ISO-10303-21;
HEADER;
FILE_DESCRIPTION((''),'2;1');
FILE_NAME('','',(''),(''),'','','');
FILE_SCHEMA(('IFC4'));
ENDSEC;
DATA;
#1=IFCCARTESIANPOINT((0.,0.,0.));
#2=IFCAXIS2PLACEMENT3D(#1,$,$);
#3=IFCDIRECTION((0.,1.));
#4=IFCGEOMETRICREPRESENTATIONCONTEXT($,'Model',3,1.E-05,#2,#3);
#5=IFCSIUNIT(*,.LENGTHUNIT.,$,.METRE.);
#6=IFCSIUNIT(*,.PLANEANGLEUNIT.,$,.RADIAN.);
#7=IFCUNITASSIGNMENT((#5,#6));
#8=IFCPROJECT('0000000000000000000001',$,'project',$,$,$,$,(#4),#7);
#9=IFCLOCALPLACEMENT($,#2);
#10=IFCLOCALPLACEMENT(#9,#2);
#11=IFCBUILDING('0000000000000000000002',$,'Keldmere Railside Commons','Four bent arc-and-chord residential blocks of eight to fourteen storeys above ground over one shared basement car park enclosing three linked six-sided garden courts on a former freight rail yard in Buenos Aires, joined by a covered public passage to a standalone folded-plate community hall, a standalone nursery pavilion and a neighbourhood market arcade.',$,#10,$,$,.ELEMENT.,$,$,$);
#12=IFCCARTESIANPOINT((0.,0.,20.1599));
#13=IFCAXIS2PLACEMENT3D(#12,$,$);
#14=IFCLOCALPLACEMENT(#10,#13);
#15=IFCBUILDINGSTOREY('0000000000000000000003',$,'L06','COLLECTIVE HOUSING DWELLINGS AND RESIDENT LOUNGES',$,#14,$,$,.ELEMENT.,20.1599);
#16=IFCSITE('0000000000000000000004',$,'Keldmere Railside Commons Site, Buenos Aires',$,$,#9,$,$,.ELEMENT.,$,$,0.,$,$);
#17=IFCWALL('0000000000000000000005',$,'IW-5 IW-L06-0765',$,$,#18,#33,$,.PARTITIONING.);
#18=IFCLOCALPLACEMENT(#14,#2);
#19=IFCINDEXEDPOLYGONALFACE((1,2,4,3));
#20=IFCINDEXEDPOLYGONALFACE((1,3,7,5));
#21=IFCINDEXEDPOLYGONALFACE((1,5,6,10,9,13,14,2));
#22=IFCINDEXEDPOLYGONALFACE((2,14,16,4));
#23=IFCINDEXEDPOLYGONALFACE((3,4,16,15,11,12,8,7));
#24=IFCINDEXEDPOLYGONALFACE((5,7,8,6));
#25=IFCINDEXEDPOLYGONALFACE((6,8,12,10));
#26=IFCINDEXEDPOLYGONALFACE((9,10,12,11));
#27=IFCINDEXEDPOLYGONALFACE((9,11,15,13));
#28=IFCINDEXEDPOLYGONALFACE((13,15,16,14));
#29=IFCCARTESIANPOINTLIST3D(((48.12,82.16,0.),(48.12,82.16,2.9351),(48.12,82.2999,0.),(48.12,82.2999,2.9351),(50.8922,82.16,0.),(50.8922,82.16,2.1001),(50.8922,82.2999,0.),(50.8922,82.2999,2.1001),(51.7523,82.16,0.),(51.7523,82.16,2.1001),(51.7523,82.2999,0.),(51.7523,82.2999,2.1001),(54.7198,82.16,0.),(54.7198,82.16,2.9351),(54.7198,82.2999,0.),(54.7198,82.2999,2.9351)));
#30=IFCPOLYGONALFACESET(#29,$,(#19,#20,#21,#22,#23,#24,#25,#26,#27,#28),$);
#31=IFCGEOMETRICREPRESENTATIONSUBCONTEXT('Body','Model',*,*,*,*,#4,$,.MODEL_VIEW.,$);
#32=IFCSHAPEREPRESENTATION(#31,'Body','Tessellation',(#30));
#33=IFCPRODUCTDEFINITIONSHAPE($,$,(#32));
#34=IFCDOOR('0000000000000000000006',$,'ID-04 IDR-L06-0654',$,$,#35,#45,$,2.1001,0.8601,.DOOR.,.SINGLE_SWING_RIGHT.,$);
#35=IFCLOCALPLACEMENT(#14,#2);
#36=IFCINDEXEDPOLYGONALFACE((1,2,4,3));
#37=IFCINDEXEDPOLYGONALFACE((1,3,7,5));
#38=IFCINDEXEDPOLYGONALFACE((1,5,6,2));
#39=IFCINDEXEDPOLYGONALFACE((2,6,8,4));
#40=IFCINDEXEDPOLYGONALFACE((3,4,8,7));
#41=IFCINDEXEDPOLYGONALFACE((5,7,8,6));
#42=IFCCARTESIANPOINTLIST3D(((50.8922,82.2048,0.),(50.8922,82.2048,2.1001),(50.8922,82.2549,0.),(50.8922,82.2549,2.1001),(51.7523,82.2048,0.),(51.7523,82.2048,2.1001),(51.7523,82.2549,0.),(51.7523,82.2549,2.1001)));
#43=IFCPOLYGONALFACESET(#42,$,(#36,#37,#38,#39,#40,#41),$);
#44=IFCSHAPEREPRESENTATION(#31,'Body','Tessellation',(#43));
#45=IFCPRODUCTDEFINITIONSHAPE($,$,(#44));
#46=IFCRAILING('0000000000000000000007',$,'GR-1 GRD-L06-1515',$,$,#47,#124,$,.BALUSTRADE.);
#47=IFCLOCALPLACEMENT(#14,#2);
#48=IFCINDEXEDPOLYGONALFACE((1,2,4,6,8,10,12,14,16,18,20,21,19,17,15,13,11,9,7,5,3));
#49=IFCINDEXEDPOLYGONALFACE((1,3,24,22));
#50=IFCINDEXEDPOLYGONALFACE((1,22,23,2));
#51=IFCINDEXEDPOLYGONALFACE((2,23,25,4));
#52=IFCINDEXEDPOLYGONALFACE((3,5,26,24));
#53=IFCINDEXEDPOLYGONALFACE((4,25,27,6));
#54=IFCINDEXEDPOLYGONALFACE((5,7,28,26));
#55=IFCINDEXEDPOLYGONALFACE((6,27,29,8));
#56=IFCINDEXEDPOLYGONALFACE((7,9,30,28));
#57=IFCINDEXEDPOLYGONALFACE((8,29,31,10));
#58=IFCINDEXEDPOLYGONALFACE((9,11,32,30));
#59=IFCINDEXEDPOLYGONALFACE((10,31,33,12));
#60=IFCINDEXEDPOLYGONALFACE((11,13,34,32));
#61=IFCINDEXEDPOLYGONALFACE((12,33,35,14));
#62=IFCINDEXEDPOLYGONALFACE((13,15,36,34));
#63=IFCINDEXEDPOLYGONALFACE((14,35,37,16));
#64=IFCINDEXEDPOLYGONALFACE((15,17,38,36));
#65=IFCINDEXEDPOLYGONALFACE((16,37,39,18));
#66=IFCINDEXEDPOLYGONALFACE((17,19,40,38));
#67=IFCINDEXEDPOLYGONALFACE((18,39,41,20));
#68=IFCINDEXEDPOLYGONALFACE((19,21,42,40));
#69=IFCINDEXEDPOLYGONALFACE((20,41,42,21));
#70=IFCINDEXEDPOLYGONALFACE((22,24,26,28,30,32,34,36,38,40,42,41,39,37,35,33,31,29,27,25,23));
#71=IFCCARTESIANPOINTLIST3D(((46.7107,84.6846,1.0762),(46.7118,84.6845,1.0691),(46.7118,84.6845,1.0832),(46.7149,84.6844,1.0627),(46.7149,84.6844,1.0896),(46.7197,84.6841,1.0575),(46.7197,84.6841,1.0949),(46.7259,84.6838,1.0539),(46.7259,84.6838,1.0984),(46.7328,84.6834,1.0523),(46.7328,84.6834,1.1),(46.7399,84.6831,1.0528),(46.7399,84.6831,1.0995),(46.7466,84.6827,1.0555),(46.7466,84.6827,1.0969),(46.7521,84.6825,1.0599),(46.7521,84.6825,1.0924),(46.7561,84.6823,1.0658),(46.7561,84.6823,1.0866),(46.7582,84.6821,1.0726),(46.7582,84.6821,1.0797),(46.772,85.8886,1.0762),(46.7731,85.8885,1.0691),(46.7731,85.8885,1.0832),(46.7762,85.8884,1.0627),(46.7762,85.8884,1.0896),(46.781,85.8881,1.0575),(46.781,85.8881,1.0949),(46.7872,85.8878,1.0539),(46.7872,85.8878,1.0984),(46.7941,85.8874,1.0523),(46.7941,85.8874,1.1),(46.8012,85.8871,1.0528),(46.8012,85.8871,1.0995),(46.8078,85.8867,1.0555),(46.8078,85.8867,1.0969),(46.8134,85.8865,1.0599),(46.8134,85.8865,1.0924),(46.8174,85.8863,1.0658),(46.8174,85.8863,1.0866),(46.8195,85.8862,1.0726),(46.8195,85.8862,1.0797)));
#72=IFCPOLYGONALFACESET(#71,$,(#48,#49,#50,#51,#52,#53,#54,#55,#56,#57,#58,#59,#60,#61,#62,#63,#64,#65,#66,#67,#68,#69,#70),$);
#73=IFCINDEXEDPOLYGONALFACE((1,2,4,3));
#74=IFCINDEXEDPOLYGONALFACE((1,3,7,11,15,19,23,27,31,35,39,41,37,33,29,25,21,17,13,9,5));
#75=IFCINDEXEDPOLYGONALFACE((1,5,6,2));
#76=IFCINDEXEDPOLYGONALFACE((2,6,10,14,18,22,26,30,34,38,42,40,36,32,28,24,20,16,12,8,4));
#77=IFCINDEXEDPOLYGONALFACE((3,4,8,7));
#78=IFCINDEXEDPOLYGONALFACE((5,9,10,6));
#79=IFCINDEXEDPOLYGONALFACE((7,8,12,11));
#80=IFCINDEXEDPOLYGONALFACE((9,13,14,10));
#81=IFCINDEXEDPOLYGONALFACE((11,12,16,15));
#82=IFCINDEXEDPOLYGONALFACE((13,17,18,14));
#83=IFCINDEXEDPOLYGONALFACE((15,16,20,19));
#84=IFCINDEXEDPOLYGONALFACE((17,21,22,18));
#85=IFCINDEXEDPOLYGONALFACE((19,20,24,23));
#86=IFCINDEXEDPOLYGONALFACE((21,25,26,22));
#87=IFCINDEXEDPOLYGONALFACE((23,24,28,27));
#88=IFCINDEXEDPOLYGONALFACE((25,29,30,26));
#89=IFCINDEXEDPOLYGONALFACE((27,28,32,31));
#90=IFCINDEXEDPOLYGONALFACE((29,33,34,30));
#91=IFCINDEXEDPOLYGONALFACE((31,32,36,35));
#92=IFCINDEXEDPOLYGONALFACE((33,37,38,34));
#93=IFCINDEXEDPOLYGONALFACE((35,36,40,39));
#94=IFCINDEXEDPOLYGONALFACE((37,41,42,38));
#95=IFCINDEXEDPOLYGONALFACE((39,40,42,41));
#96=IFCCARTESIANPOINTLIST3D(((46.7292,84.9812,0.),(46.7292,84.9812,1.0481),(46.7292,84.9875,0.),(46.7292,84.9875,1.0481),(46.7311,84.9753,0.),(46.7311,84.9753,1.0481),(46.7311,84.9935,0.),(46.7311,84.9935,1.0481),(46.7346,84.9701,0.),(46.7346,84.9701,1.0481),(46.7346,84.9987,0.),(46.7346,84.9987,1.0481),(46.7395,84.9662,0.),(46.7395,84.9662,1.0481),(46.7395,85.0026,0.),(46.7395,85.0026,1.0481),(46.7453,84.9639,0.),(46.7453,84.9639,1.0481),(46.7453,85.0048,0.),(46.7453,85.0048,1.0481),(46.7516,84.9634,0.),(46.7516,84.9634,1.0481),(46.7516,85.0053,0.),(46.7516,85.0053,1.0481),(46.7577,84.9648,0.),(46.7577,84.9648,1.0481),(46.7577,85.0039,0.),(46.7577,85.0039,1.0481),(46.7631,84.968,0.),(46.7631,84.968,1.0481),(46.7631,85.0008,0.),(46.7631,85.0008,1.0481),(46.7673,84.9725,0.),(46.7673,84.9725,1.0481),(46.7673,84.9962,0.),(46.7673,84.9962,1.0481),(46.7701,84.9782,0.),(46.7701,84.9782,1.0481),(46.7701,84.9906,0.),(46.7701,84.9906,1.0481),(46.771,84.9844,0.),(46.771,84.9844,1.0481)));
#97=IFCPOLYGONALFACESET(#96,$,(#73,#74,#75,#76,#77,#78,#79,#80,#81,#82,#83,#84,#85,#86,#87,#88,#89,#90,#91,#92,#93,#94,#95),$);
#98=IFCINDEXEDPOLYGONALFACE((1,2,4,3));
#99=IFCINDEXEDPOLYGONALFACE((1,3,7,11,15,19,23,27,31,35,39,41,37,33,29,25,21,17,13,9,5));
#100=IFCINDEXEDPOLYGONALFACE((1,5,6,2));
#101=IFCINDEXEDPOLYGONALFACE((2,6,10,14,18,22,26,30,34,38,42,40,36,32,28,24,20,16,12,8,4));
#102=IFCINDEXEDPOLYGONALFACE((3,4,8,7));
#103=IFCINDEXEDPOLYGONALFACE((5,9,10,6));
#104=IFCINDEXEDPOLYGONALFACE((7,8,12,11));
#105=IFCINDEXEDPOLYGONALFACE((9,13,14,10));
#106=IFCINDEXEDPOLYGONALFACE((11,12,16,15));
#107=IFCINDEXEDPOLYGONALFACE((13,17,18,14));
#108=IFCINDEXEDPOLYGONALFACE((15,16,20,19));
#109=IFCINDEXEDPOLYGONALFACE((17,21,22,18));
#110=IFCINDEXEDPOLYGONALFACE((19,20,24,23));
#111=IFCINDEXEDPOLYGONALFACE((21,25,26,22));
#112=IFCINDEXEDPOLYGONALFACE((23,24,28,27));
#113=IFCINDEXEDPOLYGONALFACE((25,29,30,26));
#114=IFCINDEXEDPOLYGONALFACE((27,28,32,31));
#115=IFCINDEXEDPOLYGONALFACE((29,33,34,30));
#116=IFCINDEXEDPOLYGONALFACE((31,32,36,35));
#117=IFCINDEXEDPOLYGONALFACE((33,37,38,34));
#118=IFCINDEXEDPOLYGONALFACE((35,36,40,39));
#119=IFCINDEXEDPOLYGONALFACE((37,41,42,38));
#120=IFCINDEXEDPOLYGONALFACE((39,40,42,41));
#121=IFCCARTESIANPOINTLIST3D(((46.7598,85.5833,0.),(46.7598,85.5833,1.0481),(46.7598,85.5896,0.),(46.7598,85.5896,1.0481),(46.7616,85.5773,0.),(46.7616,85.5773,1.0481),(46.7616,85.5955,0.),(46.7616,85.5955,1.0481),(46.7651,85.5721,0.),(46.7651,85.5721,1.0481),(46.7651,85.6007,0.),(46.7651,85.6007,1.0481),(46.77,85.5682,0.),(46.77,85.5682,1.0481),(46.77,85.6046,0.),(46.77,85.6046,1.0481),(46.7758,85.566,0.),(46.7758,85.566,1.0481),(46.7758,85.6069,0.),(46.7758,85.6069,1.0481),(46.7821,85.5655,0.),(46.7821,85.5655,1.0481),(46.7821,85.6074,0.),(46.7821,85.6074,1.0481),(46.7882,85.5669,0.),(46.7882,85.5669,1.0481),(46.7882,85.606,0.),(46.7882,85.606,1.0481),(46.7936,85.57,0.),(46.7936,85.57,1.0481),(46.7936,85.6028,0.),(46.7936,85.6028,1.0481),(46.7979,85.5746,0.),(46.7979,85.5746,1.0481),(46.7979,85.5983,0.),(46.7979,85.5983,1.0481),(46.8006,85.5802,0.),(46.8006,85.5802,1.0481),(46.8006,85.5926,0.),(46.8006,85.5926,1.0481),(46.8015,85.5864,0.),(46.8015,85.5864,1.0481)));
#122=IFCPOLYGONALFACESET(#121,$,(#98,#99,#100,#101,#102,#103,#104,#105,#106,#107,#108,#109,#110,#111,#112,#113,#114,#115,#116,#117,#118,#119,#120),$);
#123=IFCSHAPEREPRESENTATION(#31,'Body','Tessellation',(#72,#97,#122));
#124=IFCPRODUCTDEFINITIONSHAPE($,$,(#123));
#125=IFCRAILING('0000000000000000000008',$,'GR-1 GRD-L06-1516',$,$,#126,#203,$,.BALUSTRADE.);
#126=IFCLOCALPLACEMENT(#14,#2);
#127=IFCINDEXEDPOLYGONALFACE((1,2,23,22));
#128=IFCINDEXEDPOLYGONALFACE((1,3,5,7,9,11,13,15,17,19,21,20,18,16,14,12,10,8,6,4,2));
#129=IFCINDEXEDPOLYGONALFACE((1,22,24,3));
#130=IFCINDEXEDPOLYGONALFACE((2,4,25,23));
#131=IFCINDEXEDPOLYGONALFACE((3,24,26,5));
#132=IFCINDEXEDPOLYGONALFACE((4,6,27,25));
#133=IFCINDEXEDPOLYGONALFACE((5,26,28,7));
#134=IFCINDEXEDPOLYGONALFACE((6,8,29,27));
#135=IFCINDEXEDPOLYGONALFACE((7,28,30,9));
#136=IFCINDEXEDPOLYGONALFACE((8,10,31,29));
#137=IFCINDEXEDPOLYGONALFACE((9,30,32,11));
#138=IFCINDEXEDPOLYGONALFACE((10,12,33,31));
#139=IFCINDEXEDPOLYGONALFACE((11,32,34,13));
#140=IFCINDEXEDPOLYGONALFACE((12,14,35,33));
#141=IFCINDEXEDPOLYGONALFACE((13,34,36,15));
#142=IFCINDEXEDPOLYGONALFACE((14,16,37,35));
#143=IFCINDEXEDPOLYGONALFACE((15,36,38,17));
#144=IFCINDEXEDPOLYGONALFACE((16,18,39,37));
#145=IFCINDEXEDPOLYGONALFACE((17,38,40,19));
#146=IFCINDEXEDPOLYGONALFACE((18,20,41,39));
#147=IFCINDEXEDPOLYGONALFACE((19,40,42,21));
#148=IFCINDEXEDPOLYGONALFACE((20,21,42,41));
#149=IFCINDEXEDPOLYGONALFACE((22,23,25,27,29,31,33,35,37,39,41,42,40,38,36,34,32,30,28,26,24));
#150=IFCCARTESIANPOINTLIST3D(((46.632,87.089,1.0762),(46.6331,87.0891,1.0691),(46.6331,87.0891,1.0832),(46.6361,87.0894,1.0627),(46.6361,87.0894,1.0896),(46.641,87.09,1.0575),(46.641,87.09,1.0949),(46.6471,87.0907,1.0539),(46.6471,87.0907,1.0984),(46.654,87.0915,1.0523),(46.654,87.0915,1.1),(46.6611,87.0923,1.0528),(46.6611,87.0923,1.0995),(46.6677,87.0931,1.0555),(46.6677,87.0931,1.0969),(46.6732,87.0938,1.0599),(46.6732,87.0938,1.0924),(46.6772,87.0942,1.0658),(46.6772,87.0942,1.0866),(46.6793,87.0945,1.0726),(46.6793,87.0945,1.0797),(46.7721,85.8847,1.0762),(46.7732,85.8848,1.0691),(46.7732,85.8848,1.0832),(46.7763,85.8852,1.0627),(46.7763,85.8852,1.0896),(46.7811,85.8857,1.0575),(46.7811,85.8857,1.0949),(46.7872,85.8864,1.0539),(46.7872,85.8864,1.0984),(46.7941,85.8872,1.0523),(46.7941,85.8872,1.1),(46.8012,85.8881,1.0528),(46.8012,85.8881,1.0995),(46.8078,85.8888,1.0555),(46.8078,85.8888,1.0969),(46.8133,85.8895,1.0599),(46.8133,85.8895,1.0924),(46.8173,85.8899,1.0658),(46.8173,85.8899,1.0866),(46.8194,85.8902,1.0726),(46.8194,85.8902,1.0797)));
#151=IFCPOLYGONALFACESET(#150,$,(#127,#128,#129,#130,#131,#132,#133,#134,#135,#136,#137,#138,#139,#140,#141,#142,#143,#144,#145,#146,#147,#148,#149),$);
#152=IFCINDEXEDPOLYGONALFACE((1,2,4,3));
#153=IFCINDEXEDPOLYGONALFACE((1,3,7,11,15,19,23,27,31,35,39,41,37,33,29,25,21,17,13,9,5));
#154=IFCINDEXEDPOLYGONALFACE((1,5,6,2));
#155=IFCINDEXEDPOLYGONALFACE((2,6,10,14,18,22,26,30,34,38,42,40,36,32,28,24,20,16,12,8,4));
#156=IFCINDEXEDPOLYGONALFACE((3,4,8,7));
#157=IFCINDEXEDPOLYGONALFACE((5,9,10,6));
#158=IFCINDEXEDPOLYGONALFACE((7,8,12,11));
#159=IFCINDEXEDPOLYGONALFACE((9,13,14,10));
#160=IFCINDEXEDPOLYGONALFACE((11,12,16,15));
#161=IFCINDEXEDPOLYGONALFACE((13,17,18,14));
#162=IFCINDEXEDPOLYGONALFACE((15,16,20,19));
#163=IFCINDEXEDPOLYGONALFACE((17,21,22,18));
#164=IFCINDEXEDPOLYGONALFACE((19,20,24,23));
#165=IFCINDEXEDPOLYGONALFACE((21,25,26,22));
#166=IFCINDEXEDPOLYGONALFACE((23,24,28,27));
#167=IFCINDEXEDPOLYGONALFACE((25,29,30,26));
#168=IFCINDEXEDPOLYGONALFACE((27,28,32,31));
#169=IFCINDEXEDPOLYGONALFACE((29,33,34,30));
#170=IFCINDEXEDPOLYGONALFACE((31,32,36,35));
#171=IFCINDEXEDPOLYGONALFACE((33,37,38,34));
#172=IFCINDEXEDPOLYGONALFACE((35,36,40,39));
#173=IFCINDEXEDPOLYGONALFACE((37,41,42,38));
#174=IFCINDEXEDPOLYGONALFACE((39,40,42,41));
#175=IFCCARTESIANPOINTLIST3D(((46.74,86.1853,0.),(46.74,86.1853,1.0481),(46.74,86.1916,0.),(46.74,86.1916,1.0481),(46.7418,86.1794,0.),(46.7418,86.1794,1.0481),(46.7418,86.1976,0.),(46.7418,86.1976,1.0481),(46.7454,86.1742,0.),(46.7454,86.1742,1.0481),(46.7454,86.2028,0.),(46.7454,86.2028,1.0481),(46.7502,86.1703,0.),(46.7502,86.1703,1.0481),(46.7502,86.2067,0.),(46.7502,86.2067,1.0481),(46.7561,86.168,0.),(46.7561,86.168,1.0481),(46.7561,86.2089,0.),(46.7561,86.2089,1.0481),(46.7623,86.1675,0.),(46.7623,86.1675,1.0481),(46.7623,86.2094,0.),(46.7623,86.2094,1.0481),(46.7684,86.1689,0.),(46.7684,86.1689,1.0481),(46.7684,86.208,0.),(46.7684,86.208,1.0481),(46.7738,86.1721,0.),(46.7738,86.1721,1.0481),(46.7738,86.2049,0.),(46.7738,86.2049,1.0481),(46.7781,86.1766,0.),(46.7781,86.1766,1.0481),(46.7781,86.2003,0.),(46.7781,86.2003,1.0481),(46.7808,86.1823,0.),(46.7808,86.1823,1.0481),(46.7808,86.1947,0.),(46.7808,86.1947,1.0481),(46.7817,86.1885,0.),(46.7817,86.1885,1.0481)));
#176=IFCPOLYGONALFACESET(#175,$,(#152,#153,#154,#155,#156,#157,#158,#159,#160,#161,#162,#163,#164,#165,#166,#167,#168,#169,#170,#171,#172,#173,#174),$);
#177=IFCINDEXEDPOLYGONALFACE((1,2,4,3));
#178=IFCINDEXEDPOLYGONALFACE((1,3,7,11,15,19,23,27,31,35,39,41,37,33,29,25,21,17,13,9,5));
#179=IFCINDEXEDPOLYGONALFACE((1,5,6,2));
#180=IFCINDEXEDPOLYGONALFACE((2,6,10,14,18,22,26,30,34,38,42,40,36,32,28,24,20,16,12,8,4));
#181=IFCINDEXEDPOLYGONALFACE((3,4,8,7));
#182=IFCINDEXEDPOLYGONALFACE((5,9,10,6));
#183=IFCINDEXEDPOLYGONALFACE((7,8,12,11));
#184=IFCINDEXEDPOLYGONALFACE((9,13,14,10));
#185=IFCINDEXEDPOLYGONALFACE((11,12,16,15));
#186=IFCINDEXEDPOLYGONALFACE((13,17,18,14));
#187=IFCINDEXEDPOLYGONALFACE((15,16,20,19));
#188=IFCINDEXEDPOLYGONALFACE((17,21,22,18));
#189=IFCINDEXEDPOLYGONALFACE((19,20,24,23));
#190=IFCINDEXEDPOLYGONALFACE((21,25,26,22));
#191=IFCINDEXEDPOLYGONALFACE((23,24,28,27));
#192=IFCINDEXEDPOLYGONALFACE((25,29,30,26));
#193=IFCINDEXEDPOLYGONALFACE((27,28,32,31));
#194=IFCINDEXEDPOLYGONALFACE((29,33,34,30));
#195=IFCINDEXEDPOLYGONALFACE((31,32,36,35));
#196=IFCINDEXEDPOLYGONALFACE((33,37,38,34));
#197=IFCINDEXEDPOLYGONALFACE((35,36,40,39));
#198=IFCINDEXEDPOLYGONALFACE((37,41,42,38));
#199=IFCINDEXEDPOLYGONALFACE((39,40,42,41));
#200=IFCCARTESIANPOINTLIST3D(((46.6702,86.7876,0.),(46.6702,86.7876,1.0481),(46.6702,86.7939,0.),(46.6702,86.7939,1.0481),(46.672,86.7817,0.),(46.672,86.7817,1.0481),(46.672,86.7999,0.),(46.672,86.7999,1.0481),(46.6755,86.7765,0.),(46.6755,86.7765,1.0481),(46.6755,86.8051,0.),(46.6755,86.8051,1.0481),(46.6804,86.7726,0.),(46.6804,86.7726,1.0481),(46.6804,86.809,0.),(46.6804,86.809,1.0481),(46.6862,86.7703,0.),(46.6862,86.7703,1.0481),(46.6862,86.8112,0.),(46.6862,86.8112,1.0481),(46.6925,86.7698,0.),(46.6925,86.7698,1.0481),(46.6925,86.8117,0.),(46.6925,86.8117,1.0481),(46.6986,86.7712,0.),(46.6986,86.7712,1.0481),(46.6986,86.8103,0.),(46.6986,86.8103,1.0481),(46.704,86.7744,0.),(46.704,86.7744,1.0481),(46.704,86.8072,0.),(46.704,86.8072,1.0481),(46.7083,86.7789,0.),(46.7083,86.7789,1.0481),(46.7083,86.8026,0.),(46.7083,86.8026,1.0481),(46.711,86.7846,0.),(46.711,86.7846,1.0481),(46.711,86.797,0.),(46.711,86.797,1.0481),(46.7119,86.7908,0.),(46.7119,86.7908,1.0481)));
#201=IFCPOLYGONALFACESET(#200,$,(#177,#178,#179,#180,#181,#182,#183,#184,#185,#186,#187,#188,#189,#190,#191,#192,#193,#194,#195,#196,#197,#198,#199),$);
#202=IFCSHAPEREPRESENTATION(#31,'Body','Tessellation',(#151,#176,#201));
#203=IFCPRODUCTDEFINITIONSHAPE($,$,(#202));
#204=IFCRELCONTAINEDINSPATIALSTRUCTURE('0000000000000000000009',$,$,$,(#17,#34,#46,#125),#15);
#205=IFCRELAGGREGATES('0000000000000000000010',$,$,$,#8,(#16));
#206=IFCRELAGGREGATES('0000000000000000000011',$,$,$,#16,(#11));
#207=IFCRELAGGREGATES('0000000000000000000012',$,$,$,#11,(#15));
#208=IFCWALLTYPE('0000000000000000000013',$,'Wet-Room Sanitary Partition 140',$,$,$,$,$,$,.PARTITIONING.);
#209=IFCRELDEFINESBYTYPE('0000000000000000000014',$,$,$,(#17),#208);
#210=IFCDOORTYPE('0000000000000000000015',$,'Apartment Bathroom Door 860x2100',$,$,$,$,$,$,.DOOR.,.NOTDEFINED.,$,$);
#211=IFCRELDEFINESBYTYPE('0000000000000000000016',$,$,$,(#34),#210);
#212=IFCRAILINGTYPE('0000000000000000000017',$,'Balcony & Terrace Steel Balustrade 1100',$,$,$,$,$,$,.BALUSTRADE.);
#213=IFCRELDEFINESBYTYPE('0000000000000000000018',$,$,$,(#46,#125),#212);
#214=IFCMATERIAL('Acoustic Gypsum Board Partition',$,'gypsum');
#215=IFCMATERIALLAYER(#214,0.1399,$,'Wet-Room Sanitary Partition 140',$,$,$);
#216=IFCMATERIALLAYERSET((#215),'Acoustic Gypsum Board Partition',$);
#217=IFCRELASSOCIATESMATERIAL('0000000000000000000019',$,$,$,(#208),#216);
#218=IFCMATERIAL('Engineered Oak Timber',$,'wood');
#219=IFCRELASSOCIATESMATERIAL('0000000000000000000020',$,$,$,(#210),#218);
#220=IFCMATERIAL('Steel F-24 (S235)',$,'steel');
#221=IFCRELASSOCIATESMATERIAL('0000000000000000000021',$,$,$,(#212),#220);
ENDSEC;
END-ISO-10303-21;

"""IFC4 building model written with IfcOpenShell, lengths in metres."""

from ifc_helpers import new_model, si_unit, direction, frame, frame_2d, origin, origin_2d, place, context, subcontext, project, spatial, rectangle, circle, extrude, material, layer, layer_set, type_object, element, fill, save


model = new_model("IFC4")

# Units and contexts
model_context = context("Model", 3, precision=1e-05, world=origin(), true_north=direction((0.0, 1.0)))
body_context = subcontext(model_context, "Body", "Model", "MODEL_VIEW")
ifc_project = project(units=[si_unit("LENGTHUNIT", "METRE"), si_unit("PLANEANGLEUNIT", "RADIAN")], contexts=[model_context])

# Site, building, storey
site_placement = place(None, origin())
site = spatial("IfcSite", under=ifc_project, at=site_placement, Name="Keldmere Railside Commons Site, Buenos Aires", CompositionType="ELEMENT", RefElevation=0.0)
building_placement = place(site_placement, origin())
building = spatial("IfcBuilding", under=site, at=building_placement, Name="Keldmere Railside Commons", Description="Four bent arc-and-chord residential blocks of eight to fourteen storeys above ground over one shared basement car park enclosing three linked six-sided garden courts on a former freight rail yard in Buenos Aires, joined by a covered public passage to a standalone folded-plate community hall, a standalone nursery pavilion and a neighbourhood market arcade.", CompositionType="ELEMENT")
storey_placement = place(building_placement, frame((0.0, 0.0, 20.1599)))
storey = spatial("IfcBuildingStorey", under=building, at=storey_placement, Name="L06", Description="COLLECTIVE HOUSING DWELLINGS AND RESIDENT LOUNGES", CompositionType="ELEMENT", Elevation=20.1599)

# Shared definitions
ifc_material_1 = material(Name="Acoustic Gypsum Board Partition", Category="gypsum")
ifc_material_2 = material(Name="Engineered Oak Timber", Category="wood")

# Shared definitions
ifc_material_3 = material(Name="Steel F-24 (S235)", Category="steel")

# Wall, opening, door
ifc_layer_1 = layer(ifc_material_1, 0.1399, Name="Wet-Room Sanitary Partition 140")
ifc_layer_set_1 = layer_set([ifc_layer_1], Name="Acoustic Gypsum Board Partition")
wall_type_1 = type_object("IfcWallType", Name="Wet-Room Sanitary Partition 140", PredefinedType="PARTITIONING", material=ifc_layer_set_1)
wall_1_placement = place(storey_placement, frame((48.1201, 82.23, 0.0), z_axis=(0.0, 0.0, 1.0), x_axis=(1.0, 0.0, 0.0)))
wall_1 = element("IfcWall", 1, at=wall_1_placement, inside=storey, type_object=wall_type_1, Name="IW-5 IW-L06-0765", PredefinedType="PARTITIONING", context=body_context, shape_type="SweptSolid", body=[
    extrude(rectangle(XDim=6.5999, YDim=0.1399, at=frame_2d((3.2998, 0.0))), origin(), (0.0, 0.0, 1.0), 2.9351),
])
opening_1_placement = place(wall_1_placement, frame((2.772, 0.0, 0.0)))
opening_1 = element("IfcOpeningElement", 2, at=opening_1_placement, cuts=wall_1, PredefinedType="OPENING", context=body_context, shape_type="SweptSolid", body=[
    extrude(rectangle(XDim=0.8601, YDim=2.1001, at=frame_2d((0.4302, 1.05))), frame((0.0, 0.0798, 0.0), z_axis=(0.0, -1.0, 0.0), x_axis=(1.0, 0.0, 0.0)), (0.0, 0.0, 1.0), 0.1599),
])
door_type_1 = type_object("IfcDoorType", Name="Apartment Bathroom Door 860x2100", OperationType="NOTDEFINED", PredefinedType="DOOR", material=ifc_material_2)
door_1_placement = place(opening_1_placement, origin())
door_1 = element("IfcDoor", 3, at=door_1_placement, inside=storey, type_object=door_type_1, Name="ID-04 IDR-L06-0654", OperationType="SINGLE_SWING_RIGHT", OverallHeight=2.1001, OverallWidth=0.8601, PredefinedType="DOOR", context=body_context, shape_type="SweptSolid", body=[
    extrude(rectangle(XDim=0.8601, YDim=2.1001, at=frame_2d((0.4302, 1.05))), frame((0.0, 0.0249, 0.0), z_axis=(0.0, -1.0, 0.0), x_axis=(1.0, 0.0, 0.0)), (0.0, 0.0, 1.0), 0.05),
])
fill(opening_1, door_1)

# Railings
railing_type = type_object("IfcRailingType", Name="Balcony & Terrace Steel Balustrade 1100", PredefinedType="BALUSTRADE", material=ifc_material_3)
railing_1_placement = place(storey_placement, frame((46.7346, 84.6833, 0.0)))
element("IfcRailing", 4, at=railing_1_placement, inside=storey, type_object=railing_type, Name="GR-1 GRD-L06-1515", PredefinedType="BALUSTRADE", context=body_context, shape_type="SweptSolid", body=[
    extrude(circle(Radius=0.0239, at=origin_2d()), frame((0.0, 0.0, 1.0762), z_axis=(0.050826, 0.998708, 0.0), x_axis=(-0.998708, 0.050826, 0.0)), (0.0, 0.0, 1.0), 1.2056),
    extrude(circle(Radius=0.021, at=origin_2d()), frame((0.0154, 0.301, 0.0)), (0.0, 0.0, 1.0), 1.0481),
    extrude(circle(Radius=0.021, at=origin_2d()), frame((0.0459, 0.9031, 0.0)), (0.0, 0.0, 1.0), 1.0481),
])
railing_2_placement = place(storey_placement, frame((46.7959, 85.8875, 0.0)))
element("IfcRailing", 5, at=railing_2_placement, inside=storey, type_object=railing_type, Name="GR-1 GRD-L06-1516", PredefinedType="BALUSTRADE", context=body_context, shape_type="SweptSolid", body=[
    extrude(circle(Radius=0.0239, at=origin_2d()), frame((0.0, 0.0, 1.0762), z_axis=(-0.115579, 0.993298, 0.0), x_axis=(-0.993298, -0.115579, 0.0)), (0.0, 0.0, 1.0), 1.2124),
    extrude(circle(Radius=0.021, at=origin_2d()), frame((-0.0352, 0.301, 0.0)), (0.0, 0.0, 1.0), 1.0481),
    extrude(circle(Radius=0.021, at=origin_2d()), frame((-0.105, 0.9033, 0.0)), (0.0, 0.0, 1.0), 1.0481),
])

save(model, "model.ifc")
